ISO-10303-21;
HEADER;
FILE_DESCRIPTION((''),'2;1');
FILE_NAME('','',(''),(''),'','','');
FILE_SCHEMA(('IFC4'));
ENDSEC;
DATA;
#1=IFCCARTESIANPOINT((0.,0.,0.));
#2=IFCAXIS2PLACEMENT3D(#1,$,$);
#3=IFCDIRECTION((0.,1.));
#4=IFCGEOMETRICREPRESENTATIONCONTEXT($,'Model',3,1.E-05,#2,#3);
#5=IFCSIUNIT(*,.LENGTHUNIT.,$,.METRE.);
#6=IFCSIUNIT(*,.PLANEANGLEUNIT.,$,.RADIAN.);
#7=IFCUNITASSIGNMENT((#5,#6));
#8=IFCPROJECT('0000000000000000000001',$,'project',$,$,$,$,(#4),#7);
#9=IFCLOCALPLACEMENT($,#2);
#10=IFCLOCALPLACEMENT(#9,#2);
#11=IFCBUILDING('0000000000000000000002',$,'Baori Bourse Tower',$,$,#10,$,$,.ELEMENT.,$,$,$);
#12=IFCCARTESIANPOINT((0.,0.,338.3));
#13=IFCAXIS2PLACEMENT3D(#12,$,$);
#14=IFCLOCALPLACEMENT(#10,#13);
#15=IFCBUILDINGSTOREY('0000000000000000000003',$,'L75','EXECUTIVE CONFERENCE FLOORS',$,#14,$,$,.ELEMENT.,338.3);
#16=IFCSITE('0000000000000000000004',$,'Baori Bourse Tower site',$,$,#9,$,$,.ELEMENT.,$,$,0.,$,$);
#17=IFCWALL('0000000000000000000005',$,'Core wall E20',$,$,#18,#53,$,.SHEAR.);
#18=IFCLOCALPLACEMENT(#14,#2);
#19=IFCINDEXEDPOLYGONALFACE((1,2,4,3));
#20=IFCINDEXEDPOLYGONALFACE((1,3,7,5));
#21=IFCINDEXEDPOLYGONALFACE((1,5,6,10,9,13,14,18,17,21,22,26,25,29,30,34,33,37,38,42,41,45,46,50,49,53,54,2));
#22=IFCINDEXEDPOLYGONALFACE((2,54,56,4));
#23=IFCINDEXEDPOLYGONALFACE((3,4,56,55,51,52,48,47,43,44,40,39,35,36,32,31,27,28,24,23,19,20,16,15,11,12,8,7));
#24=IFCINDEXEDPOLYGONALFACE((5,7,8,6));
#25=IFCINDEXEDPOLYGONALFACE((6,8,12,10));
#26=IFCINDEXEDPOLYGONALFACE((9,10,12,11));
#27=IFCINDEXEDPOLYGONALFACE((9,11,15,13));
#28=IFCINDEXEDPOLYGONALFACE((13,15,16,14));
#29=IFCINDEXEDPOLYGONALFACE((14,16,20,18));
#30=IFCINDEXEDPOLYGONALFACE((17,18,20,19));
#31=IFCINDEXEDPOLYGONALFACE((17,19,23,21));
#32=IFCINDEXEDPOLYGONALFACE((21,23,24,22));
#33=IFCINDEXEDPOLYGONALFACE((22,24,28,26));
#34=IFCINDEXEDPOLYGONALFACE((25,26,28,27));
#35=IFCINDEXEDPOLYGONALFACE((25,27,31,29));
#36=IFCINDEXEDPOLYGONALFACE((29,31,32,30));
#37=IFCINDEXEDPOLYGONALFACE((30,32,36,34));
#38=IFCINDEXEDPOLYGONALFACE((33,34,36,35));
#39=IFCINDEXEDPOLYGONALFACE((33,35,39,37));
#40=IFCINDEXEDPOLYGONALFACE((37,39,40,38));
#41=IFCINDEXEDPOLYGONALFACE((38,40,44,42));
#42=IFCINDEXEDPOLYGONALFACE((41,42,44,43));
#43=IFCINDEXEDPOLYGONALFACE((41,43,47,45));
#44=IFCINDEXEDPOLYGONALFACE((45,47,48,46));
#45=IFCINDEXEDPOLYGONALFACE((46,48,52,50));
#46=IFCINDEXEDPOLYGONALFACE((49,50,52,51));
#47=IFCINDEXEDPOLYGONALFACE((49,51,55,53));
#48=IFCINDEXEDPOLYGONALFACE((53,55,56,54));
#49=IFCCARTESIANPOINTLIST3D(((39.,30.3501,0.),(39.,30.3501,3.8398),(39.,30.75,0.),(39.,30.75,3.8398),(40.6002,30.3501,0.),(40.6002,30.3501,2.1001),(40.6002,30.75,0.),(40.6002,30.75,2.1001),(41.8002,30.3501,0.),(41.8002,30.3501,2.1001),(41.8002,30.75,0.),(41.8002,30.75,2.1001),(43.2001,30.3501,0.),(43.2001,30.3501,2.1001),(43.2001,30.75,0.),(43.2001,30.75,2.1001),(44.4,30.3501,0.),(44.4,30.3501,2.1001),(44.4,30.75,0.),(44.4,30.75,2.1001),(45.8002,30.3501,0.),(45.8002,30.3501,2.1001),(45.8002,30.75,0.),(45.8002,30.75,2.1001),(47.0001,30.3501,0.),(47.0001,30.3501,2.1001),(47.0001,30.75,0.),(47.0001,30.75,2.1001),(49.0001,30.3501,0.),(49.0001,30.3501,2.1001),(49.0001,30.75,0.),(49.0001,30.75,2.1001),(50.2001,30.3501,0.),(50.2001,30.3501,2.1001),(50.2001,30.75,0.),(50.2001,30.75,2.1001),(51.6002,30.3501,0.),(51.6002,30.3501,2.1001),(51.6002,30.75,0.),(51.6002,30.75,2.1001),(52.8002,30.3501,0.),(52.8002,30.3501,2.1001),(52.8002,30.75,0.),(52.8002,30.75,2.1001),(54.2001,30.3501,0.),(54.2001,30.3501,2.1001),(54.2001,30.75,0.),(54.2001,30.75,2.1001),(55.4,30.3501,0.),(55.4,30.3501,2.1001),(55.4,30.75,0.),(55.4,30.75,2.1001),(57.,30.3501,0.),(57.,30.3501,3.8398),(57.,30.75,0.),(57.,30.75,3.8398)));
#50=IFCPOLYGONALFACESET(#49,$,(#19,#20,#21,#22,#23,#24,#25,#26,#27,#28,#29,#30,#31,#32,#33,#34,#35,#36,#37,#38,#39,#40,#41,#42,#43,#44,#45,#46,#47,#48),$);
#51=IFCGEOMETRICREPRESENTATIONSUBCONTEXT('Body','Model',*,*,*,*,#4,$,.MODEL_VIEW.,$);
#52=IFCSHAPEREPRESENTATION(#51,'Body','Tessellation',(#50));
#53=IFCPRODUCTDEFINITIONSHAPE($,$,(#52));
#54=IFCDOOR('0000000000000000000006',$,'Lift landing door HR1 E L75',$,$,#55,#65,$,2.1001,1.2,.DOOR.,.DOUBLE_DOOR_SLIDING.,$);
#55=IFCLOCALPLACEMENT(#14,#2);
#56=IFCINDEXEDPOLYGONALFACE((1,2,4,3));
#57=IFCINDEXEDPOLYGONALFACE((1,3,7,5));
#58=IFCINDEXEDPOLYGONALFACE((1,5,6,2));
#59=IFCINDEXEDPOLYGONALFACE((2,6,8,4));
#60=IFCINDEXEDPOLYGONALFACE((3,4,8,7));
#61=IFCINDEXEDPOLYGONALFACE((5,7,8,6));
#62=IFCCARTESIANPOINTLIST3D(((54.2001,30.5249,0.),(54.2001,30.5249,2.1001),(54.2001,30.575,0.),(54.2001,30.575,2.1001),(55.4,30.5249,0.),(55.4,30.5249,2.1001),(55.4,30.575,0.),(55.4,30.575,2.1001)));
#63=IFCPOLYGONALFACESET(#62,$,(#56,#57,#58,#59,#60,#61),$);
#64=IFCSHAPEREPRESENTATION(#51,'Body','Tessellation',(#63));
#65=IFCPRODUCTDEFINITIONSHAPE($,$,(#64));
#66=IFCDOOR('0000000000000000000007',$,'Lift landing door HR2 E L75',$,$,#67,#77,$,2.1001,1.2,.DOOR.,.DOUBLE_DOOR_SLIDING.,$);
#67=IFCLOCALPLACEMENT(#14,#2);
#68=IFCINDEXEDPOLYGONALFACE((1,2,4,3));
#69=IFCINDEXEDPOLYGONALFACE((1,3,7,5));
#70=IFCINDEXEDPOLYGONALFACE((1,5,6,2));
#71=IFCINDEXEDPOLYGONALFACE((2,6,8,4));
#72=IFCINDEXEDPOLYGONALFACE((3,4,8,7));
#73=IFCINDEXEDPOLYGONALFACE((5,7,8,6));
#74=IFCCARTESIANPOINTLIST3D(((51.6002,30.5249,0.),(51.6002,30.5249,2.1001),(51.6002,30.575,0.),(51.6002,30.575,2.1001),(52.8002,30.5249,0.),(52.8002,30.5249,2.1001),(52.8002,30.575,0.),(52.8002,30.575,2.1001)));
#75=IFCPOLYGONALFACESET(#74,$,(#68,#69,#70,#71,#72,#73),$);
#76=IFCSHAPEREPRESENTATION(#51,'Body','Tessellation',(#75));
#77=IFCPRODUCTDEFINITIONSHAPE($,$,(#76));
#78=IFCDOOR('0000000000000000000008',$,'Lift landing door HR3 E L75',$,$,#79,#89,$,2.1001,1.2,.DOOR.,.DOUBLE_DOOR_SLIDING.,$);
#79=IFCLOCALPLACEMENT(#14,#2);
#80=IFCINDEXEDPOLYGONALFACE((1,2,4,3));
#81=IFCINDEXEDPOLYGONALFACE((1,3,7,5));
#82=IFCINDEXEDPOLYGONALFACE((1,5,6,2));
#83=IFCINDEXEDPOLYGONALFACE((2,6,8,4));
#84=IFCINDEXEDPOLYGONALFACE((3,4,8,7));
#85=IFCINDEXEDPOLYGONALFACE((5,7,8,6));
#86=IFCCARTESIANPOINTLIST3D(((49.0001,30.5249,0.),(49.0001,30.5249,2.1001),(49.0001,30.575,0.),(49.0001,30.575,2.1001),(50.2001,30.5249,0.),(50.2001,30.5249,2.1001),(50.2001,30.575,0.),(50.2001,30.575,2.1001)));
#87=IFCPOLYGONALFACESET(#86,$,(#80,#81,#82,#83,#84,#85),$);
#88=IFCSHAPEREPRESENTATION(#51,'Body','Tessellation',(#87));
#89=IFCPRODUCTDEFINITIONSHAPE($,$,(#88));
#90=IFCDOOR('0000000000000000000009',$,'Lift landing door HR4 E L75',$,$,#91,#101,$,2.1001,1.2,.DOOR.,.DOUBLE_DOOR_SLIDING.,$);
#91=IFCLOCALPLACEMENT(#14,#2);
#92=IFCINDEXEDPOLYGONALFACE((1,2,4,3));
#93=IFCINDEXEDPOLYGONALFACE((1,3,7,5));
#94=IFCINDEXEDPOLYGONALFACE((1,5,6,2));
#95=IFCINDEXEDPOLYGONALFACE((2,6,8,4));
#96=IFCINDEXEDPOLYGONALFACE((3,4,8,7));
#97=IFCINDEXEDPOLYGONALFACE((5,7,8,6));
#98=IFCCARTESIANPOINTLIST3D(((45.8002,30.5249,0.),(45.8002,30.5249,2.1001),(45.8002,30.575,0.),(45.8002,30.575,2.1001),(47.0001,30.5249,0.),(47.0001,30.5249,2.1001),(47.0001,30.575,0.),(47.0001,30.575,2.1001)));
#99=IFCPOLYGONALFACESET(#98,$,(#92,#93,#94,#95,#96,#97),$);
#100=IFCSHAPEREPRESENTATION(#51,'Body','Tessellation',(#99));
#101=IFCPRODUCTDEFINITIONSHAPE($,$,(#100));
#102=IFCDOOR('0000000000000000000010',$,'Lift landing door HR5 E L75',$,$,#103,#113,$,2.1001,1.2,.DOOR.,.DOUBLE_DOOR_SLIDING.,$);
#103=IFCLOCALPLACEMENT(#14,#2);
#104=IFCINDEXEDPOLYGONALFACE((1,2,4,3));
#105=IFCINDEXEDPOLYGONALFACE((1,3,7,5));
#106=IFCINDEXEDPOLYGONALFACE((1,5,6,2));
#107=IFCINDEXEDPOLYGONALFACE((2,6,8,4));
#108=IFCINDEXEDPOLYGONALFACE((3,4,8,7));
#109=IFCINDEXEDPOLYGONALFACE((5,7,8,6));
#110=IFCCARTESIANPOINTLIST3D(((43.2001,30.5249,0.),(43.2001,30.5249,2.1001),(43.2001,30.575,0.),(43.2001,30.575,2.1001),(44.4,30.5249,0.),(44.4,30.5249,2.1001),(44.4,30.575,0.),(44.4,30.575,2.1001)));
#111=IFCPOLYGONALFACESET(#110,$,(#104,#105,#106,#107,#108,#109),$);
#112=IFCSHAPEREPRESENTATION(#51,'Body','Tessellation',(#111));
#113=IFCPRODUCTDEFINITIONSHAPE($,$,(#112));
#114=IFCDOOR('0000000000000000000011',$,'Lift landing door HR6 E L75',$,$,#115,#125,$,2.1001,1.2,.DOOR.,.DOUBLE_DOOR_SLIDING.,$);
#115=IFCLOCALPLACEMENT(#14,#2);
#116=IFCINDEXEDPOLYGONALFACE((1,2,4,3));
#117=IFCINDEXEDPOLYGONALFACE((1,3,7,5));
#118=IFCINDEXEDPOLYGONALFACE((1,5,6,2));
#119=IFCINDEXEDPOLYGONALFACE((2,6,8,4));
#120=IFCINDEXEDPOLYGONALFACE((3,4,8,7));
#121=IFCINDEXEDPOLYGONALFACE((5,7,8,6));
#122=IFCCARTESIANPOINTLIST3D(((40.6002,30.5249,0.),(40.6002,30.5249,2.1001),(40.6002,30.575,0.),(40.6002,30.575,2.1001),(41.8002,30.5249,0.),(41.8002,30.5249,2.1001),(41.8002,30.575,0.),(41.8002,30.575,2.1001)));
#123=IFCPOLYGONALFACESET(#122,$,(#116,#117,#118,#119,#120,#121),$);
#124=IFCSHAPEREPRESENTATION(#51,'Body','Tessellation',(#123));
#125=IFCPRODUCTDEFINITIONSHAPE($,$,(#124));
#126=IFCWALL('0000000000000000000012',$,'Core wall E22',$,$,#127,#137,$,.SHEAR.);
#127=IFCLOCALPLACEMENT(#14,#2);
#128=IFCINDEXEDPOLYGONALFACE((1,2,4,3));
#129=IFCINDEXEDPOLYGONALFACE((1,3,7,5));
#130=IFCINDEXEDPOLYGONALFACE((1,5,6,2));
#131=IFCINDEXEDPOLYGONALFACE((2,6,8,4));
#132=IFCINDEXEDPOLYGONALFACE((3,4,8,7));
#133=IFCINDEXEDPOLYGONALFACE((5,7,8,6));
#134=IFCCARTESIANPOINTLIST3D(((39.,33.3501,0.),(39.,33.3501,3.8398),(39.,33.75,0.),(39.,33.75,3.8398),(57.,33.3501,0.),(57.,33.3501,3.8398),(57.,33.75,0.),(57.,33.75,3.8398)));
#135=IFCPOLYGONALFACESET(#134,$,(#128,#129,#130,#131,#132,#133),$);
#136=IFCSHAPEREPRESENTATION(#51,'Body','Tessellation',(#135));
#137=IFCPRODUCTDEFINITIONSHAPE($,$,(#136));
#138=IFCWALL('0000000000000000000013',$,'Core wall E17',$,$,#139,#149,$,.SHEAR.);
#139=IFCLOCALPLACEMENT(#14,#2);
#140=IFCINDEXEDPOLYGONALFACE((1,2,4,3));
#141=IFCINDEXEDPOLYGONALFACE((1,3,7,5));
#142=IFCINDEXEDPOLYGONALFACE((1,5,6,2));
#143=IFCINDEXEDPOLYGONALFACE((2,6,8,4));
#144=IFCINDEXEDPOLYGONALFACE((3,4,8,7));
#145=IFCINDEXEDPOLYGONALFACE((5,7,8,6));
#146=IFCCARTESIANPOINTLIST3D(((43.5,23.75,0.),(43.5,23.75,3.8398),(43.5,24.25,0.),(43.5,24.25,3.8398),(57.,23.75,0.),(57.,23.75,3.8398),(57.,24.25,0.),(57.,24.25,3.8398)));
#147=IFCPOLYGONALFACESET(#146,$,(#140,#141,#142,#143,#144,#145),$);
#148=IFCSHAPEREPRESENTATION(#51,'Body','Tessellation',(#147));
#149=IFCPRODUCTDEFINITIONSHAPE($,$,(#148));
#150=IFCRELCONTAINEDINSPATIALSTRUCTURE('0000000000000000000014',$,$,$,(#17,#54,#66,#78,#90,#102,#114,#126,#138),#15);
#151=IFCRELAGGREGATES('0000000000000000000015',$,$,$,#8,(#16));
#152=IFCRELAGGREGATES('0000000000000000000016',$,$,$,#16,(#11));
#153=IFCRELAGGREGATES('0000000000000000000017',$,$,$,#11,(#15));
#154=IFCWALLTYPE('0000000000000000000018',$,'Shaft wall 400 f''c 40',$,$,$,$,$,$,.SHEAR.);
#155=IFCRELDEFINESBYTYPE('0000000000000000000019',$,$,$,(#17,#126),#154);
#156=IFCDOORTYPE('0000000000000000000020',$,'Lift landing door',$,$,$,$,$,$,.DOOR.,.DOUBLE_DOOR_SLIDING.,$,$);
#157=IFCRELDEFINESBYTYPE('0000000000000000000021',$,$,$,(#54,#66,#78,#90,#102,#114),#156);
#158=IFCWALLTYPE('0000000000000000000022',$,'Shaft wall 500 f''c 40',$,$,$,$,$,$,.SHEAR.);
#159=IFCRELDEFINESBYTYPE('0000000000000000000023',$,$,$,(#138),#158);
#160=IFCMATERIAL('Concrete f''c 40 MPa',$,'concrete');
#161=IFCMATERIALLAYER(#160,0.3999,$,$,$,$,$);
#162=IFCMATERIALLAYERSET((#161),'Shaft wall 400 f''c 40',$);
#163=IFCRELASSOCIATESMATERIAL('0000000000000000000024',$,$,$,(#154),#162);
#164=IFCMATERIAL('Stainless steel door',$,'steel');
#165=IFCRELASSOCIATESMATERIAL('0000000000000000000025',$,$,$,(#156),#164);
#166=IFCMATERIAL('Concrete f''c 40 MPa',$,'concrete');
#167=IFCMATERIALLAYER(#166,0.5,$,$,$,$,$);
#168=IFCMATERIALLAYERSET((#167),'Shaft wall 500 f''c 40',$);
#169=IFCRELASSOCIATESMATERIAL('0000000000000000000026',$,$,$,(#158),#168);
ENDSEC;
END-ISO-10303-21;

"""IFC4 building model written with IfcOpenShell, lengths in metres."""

from ifc_helpers import new_model, si_unit, direction, frame, frame_2d, origin, place, context, subcontext, project, spatial, rectangle, extrude, material, layer, layer_set, type_object, element, fill, save


model = new_model("IFC4")

# Units and contexts
model_context = context("Model", 3, precision=1e-05, world=origin(), true_north=direction((0.0, 1.0)))
body_context = subcontext(model_context, "Body", "Model", "MODEL_VIEW")
ifc_project = project(units=[si_unit("LENGTHUNIT", "METRE"), si_unit("PLANEANGLEUNIT", "RADIAN")], contexts=[model_context])

# Site, building, storey
site_placement = place(None, origin())
site = spatial("IfcSite", under=ifc_project, at=site_placement, Name="Baori Bourse Tower site", CompositionType="ELEMENT", RefElevation=0.0)
building_placement = place(site_placement, origin())
building = spatial("IfcBuilding", under=site, at=building_placement, Name="Baori Bourse Tower", CompositionType="ELEMENT")
storey_placement = place(building_placement, frame((0.0, 0.0, 338.3)))
storey = spatial("IfcBuildingStorey", under=building, at=storey_placement, Name="L75", Description="EXECUTIVE CONFERENCE FLOORS", CompositionType="ELEMENT", Elevation=338.3)

# Wall, openings, doors
ifc_material_1 = material(Name="Concrete f'c 40 MPa", Category="concrete")
ifc_layer_1 = layer(ifc_material_1, 0.3999)
ifc_layer_set_1 = layer_set([ifc_layer_1], Name="Shaft wall 400 f'c 40")
wall_type_1 = type_object("IfcWallType", Name="Shaft wall 400 f'c 40", PredefinedType="SHEAR", material=ifc_layer_set_1)
ifc_material_2 = material(Name="Stainless steel door", Category="steel")
door_type_1 = type_object("IfcDoorType", Name="Lift landing door", OperationType="DOUBLE_DOOR_SLIDING", PredefinedType="DOOR", material=ifc_material_2)
wall_1_placement = place(storey_placement, frame((39.0, 30.55, 0.0), z_axis=(0.0, 0.0, 1.0), x_axis=(1.0, 0.0, 0.0)))
wall_1 = element("IfcWall", 1, at=wall_1_placement, inside=storey, type_object=wall_type_1, Name="Core wall E20", PredefinedType="SHEAR", context=body_context, shape_type="SweptSolid", body=[
    extrude(rectangle(XDim=18.0, YDim=0.3999, at=frame_2d((9.0, 0.0))), origin(), (0.0, 0.0, 1.0), 3.8398),
])
opening_1_placement = place(wall_1_placement, frame((15.2, 0.0, 0.0)))
opening_1 = element("IfcOpeningElement", 2, at=opening_1_placement, cuts=wall_1, PredefinedType="OPENING", context=body_context, shape_type="SweptSolid", body=[
    extrude(rectangle(XDim=1.2, YDim=2.1001, at=frame_2d((0.6001, 1.05))), frame((0.0, 0.21, 0.0), z_axis=(0.0, -1.0, 0.0), x_axis=(1.0, 0.0, 0.0)), (0.0, 0.0, 1.0), 0.4199),
])
opening_2_placement = place(wall_1_placement, frame((12.6001, 0.0, 0.0)))
opening_2 = element("IfcOpeningElement", 3, at=opening_2_placement, cuts=wall_1, PredefinedType="OPENING", context=body_context, shape_type="SweptSolid", body=[
    extrude(rectangle(XDim=1.2, YDim=2.1001, at=frame_2d((0.6001, 1.05))), frame((0.0, 0.21, 0.0), z_axis=(0.0, -1.0, 0.0), x_axis=(1.0, 0.0, 0.0)), (0.0, 0.0, 1.0), 0.4199),
])
opening_3_placement = place(wall_1_placement, frame((10.0, 0.0, 0.0)))
opening_3 = element("IfcOpeningElement", 4, at=opening_3_placement, cuts=wall_1, PredefinedType="OPENING", context=body_context, shape_type="SweptSolid", body=[
    extrude(rectangle(XDim=1.2, YDim=2.1001, at=frame_2d((0.6001, 1.05))), frame((0.0, 0.21, 0.0), z_axis=(0.0, -1.0, 0.0), x_axis=(1.0, 0.0, 0.0)), (0.0, 0.0, 1.0), 0.4199),
])
opening_4_placement = place(wall_1_placement, frame((6.8, 0.0, 0.0)))
opening_4 = element("IfcOpeningElement", 5, at=opening_4_placement, cuts=wall_1, PredefinedType="OPENING", context=body_context, shape_type="SweptSolid", body=[
    extrude(rectangle(XDim=1.2, YDim=2.1001, at=frame_2d((0.6001, 1.05))), frame((0.0, 0.21, 0.0), z_axis=(0.0, -1.0, 0.0), x_axis=(1.0, 0.0, 0.0)), (0.0, 0.0, 1.0), 0.4199),
])
opening_5_placement = place(wall_1_placement, frame((4.2, 0.0, 0.0)))
opening_5 = element("IfcOpeningElement", 6, at=opening_5_placement, cuts=wall_1, PredefinedType="OPENING", context=body_context, shape_type="SweptSolid", body=[
    extrude(rectangle(XDim=1.2, YDim=2.1001, at=frame_2d((0.6001, 1.05))), frame((0.0, 0.21, 0.0), z_axis=(0.0, -1.0, 0.0), x_axis=(1.0, 0.0, 0.0)), (0.0, 0.0, 1.0), 0.4199),
])
opening_6_placement = place(wall_1_placement, frame((1.6001, 0.0, 0.0)))
opening_6 = element("IfcOpeningElement", 7, at=opening_6_placement, cuts=wall_1, PredefinedType="OPENING", context=body_context, shape_type="SweptSolid", body=[
    extrude(rectangle(XDim=1.2, YDim=2.1001, at=frame_2d((0.6001, 1.05))), frame((0.0, 0.21, 0.0), z_axis=(0.0, -1.0, 0.0), x_axis=(1.0, 0.0, 0.0)), (0.0, 0.0, 1.0), 0.4199),
])
door_1_placement = place(opening_1_placement, origin())
door_1 = element("IfcDoor", 8, at=door_1_placement, inside=storey, type_object=door_type_1, Name="Lift landing door HR1 E L75", OperationType="DOUBLE_DOOR_SLIDING", OverallHeight=2.1001, OverallWidth=1.2, PredefinedType="DOOR", context=body_context, shape_type="SweptSolid", body=[
    extrude(rectangle(XDim=1.2, YDim=2.1001, at=frame_2d((0.6001, 1.05))), frame((0.0, 0.0249, 0.0), z_axis=(0.0, -1.0, 0.0), x_axis=(1.0, 0.0, 0.0)), (0.0, 0.0, 1.0), 0.05),
])
fill(opening_1, door_1)
door_2_placement = place(opening_2_placement, origin())
door_2 = element("IfcDoor", 9, at=door_2_placement, inside=storey, type_object=door_type_1, Name="Lift landing door HR2 E L75", OperationType="DOUBLE_DOOR_SLIDING", OverallHeight=2.1001, OverallWidth=1.2, PredefinedType="DOOR", context=body_context, shape_type="SweptSolid", body=[
    extrude(rectangle(XDim=1.2, YDim=2.1001, at=frame_2d((0.6001, 1.05))), frame((0.0, 0.0249, 0.0), z_axis=(0.0, -1.0, 0.0), x_axis=(1.0, 0.0, 0.0)), (0.0, 0.0, 1.0), 0.05),
])
fill(opening_2, door_2)
door_3_placement = place(opening_3_placement, origin())
door_3 = element("IfcDoor", 10, at=door_3_placement, inside=storey, type_object=door_type_1, Name="Lift landing door HR3 E L75", OperationType="DOUBLE_DOOR_SLIDING", OverallHeight=2.1001, OverallWidth=1.2, PredefinedType="DOOR", context=body_context, shape_type="SweptSolid", body=[
    extrude(rectangle(XDim=1.2, YDim=2.1001, at=frame_2d((0.6001, 1.05))), frame((0.0, 0.0249, 0.0), z_axis=(0.0, -1.0, 0.0), x_axis=(1.0, 0.0, 0.0)), (0.0, 0.0, 1.0), 0.05),
])
fill(opening_3, door_3)
door_4_placement = place(opening_4_placement, origin())
door_4 = element("IfcDoor", 11, at=door_4_placement, inside=storey, type_object=door_type_1, Name="Lift landing door HR4 E L75", OperationType="DOUBLE_DOOR_SLIDING", OverallHeight=2.1001, OverallWidth=1.2, PredefinedType="DOOR", context=body_context, shape_type="SweptSolid", body=[
    extrude(rectangle(XDim=1.2, YDim=2.1001, at=frame_2d((0.6001, 1.05))), frame((0.0, 0.0249, 0.0), z_axis=(0.0, -1.0, 0.0), x_axis=(1.0, 0.0, 0.0)), (0.0, 0.0, 1.0), 0.05),
])
fill(opening_4, door_4)
door_5_placement = place(opening_5_placement, origin())
door_5 = element("IfcDoor", 12, at=door_5_placement, inside=storey, type_object=door_type_1, Name="Lift landing door HR5 E L75", OperationType="DOUBLE_DOOR_SLIDING", OverallHeight=2.1001, OverallWidth=1.2, PredefinedType="DOOR", context=body_context, shape_type="SweptSolid", body=[
    extrude(rectangle(XDim=1.2, YDim=2.1001, at=frame_2d((0.6001, 1.05))), frame((0.0, 0.0249, 0.0), z_axis=(0.0, -1.0, 0.0), x_axis=(1.0, 0.0, 0.0)), (0.0, 0.0, 1.0), 0.05),
])
fill(opening_5, door_5)
door_6_placement = place(opening_6_placement, origin())
door_6 = element("IfcDoor", 13, at=door_6_placement, inside=storey, type_object=door_type_1, Name="Lift landing door HR6 E L75", OperationType="DOUBLE_DOOR_SLIDING", OverallHeight=2.1001, OverallWidth=1.2, PredefinedType="DOOR", context=body_context, shape_type="SweptSolid", body=[
    extrude(rectangle(XDim=1.2, YDim=2.1001, at=frame_2d((0.6001, 1.05))), frame((0.0, 0.0249, 0.0), z_axis=(0.0, -1.0, 0.0), x_axis=(1.0, 0.0, 0.0)), (0.0, 0.0, 1.0), 0.05),
])
fill(opening_6, door_6)

# Walls
wall_2_placement = place(storey_placement, frame((39.0, 33.55, 0.0), z_axis=(0.0, 0.0, 1.0), x_axis=(1.0, 0.0, 0.0)))
element("IfcWall", 14, at=wall_2_placement, inside=storey, type_object=wall_type_1, Name="Core wall E22", PredefinedType="SHEAR", context=body_context, shape_type="SweptSolid", body=[
    extrude(rectangle(XDim=18.0, YDim=0.3999, at=frame_2d((9.0, 0.0))), origin(), (0.0, 0.0, 1.0), 3.8398),
])
ifc_material_3 = material(Name="Concrete f'c 40 MPa", Category="concrete")
ifc_layer_2 = layer(ifc_material_3, 0.5)
ifc_layer_set_2 = layer_set([ifc_layer_2], Name="Shaft wall 500 f'c 40")
wall_type_2 = type_object("IfcWallType", Name="Shaft wall 500 f'c 40", PredefinedType="SHEAR", material=ifc_layer_set_2)
wall_3_placement = place(storey_placement, frame((43.5, 24.0, 0.0), z_axis=(0.0, 0.0, 1.0), x_axis=(1.0, 0.0, 0.0)))
element("IfcWall", 15, at=wall_3_placement, inside=storey, type_object=wall_type_2, Name="Core wall E17", PredefinedType="SHEAR", context=body_context, shape_type="SweptSolid", body=[
    extrude(rectangle(XDim=13.5, YDim=0.5, at=frame_2d((6.75, 0.0))), origin(), (0.0, 0.0, 1.0), 3.8398),
])

save(model, "model.ifc")
